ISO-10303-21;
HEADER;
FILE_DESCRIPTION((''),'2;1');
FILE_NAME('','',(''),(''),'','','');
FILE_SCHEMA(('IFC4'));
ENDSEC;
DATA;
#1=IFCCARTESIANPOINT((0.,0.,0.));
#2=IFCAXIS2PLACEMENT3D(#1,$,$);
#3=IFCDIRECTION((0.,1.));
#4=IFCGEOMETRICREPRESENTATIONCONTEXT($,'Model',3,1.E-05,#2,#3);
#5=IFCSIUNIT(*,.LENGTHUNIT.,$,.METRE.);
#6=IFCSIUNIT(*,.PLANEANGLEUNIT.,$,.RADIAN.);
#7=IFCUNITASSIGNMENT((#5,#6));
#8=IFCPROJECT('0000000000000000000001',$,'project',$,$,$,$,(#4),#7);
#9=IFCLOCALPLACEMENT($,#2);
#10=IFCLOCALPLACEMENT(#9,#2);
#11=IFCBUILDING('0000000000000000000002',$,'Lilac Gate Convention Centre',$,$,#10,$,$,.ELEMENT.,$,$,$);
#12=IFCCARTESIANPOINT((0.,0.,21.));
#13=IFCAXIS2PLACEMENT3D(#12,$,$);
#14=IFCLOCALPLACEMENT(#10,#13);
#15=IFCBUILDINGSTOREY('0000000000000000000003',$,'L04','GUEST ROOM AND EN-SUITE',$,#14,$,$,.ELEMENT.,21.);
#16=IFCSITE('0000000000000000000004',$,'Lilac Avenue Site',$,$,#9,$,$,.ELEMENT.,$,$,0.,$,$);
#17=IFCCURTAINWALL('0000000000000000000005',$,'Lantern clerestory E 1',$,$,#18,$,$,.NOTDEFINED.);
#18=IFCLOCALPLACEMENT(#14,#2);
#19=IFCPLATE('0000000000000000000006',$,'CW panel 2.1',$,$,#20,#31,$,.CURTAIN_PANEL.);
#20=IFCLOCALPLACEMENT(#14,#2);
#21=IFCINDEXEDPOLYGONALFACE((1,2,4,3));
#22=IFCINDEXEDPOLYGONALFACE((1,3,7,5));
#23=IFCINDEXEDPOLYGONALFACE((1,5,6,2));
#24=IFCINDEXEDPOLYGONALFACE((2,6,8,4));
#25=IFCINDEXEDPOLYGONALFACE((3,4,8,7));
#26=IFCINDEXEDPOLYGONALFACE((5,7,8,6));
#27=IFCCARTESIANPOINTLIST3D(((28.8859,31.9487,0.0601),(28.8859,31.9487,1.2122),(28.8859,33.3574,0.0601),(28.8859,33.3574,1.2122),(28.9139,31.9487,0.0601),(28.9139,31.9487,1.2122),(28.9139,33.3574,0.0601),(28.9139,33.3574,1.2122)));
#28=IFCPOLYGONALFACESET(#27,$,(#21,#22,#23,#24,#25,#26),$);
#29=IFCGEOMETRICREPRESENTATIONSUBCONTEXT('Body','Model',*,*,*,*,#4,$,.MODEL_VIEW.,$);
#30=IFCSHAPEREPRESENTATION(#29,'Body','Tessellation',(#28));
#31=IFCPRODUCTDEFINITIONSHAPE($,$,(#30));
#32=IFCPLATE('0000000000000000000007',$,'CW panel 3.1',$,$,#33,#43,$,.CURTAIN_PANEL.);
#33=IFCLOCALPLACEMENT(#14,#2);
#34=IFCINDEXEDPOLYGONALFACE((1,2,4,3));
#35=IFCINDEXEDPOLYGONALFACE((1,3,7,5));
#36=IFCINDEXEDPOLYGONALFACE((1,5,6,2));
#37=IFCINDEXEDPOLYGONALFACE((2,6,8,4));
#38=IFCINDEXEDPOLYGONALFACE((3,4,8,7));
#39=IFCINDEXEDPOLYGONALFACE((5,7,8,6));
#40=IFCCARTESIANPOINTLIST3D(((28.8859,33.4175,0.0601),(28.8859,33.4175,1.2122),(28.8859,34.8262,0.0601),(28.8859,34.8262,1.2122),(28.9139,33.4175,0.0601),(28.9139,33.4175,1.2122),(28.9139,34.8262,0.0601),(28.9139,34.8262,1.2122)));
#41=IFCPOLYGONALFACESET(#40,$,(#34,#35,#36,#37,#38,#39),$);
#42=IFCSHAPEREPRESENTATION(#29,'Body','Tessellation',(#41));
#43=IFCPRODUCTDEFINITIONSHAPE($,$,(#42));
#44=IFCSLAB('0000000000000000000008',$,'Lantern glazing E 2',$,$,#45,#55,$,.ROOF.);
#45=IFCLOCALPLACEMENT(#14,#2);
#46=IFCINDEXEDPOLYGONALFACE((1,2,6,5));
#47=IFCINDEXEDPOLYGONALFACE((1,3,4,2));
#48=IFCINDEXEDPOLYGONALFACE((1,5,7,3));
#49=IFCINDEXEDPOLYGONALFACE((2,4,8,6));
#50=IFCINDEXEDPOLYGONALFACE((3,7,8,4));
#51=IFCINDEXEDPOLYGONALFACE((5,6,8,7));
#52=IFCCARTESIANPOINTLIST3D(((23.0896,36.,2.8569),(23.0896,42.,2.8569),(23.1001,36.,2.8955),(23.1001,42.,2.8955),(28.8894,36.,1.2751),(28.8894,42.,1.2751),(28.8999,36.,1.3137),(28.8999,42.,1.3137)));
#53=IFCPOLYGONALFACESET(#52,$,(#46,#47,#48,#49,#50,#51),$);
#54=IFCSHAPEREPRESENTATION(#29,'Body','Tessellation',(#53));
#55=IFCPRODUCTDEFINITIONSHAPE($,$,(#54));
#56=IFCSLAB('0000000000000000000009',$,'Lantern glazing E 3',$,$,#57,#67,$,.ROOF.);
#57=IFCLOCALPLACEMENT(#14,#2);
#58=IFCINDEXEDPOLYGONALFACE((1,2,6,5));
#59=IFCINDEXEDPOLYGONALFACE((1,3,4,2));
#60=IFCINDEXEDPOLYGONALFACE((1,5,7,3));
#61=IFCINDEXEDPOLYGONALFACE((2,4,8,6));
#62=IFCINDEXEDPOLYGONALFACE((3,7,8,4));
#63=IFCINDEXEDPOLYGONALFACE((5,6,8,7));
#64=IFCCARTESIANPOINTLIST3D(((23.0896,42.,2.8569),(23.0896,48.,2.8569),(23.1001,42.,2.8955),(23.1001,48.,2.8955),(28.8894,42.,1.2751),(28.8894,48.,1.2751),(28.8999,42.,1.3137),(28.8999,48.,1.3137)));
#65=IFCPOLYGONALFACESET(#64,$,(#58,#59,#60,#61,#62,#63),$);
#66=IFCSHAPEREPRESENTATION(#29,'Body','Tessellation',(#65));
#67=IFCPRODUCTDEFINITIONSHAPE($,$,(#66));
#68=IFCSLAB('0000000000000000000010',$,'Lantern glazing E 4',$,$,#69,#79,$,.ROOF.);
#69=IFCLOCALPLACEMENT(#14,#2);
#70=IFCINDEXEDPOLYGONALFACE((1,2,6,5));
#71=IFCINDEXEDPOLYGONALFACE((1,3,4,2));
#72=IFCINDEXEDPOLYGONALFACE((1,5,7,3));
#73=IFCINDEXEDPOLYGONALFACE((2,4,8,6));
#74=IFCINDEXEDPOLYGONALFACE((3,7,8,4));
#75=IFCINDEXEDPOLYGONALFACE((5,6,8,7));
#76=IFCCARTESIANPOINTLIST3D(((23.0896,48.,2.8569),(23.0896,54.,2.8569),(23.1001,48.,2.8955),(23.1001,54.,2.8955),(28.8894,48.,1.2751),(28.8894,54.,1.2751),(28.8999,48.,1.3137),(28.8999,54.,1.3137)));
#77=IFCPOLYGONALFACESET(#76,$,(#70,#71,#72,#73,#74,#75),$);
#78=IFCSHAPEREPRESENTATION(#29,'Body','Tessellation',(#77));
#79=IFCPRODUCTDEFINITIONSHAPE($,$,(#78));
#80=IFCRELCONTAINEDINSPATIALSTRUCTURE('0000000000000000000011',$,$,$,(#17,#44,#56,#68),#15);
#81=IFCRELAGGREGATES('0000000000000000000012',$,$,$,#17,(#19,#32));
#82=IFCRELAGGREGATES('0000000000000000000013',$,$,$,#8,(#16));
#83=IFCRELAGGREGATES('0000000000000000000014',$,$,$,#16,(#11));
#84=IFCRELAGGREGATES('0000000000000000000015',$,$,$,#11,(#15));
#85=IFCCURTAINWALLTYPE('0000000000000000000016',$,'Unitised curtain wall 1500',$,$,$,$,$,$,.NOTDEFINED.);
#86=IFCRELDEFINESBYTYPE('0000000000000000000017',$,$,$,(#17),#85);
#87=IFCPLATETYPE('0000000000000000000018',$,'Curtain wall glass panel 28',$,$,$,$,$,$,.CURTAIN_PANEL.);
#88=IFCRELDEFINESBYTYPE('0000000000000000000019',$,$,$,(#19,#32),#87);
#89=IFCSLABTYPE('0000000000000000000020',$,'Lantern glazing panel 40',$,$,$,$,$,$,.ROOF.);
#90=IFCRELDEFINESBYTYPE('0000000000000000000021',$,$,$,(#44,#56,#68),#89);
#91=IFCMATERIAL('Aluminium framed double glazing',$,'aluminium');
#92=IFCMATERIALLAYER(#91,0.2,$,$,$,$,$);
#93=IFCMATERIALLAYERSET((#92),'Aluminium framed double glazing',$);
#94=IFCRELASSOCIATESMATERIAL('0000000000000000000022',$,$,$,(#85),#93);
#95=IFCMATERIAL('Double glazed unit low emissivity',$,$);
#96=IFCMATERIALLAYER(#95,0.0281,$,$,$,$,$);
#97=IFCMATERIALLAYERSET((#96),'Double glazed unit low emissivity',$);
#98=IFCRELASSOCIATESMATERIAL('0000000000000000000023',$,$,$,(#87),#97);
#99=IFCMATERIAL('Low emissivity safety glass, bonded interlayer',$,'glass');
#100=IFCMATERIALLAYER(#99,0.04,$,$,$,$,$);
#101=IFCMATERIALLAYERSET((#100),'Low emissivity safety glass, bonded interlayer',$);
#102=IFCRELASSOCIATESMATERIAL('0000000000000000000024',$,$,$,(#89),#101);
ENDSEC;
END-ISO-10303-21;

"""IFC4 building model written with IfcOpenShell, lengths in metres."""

from ifc_helpers import new_model, si_unit, direction, frame, origin, origin_2d, place, context, subcontext, project, spatial, polyline, rectangle, outline, extrude, material, layer, layer_set, type_object, element, aggregate, save


model = new_model("IFC4")

# Units and contexts
model_context = context("Model", 3, precision=1e-05, world=origin(), true_north=direction((0.0, 1.0)))
body_context = subcontext(model_context, "Body", "Model", "MODEL_VIEW")
ifc_project = project(units=[si_unit("LENGTHUNIT", "METRE"), si_unit("PLANEANGLEUNIT", "RADIAN")], contexts=[model_context])

# Site, building, storey
site_placement = place(None, origin())
site = spatial("IfcSite", under=ifc_project, at=site_placement, Name="Lilac Avenue Site", CompositionType="ELEMENT", RefElevation=0.0)
building_placement = place(site_placement, origin())
building = spatial("IfcBuilding", under=site, at=building_placement, Name="Lilac Gate Convention Centre", CompositionType="ELEMENT")
storey_placement = place(building_placement, frame((0.0, 0.0, 21.0)))
storey = spatial("IfcBuildingStorey", under=building, at=storey_placement, Name="L04", Description="GUEST ROOM AND EN-SUITE", CompositionType="ELEMENT", Elevation=21.0)

# Curtain wall
ifc_material_1 = material(Name="Aluminium framed double glazing", Category="aluminium")
ifc_layer_1 = layer(ifc_material_1, 0.2)
ifc_layer_set_1 = layer_set([ifc_layer_1], Name="Aluminium framed double glazing")
curtain_wall_type = type_object("IfcCurtainWallType", Name="Unitised curtain wall 1500", PredefinedType="NOTDEFINED", material=ifc_layer_set_1)
curtain_wall_placement = place(storey_placement, origin())
curtain_wall = element("IfcCurtainWall", 1, at=curtain_wall_placement, inside=storey, type_object=curtain_wall_type, Name="Lantern clerestory E 1", PredefinedType="NOTDEFINED")

# Plates
ifc_material_2 = material(Name="Double glazed unit low emissivity")
ifc_layer_2 = layer(ifc_material_2, 0.0281)
ifc_layer_set_2 = layer_set([ifc_layer_2], Name="Double glazed unit low emissivity")
plate_type = type_object("IfcPlateType", Name="Curtain wall glass panel 28", PredefinedType="CURTAIN_PANEL", material=ifc_layer_set_2)
plate_1_placement = place(storey_placement, frame((28.8999, 32.6531, 0.0601), z_axis=(0.0, 0.0, 1.0), x_axis=(0.0, 1.0, 0.0)))
plate_1 = element("IfcPlate", 2, at=plate_1_placement, type_object=plate_type, Name="CW panel 2.1", PredefinedType="CURTAIN_PANEL", context=body_context, shape_type="SweptSolid", body=[
    extrude(rectangle(XDim=1.4087, YDim=0.0281, at=origin_2d()), origin(), (0.0, 0.0, 1.0), 1.1521),
])
plate_2_placement = place(storey_placement, frame((28.8999, 34.1218, 0.0601), z_axis=(0.0, 0.0, 1.0), x_axis=(0.0, 1.0, 0.0)))
plate_2 = element("IfcPlate", 3, at=plate_2_placement, type_object=plate_type, Name="CW panel 3.1", PredefinedType="CURTAIN_PANEL", context=body_context, shape_type="SweptSolid", body=[
    extrude(rectangle(XDim=1.4087, YDim=0.0281, at=origin_2d()), origin(), (0.0, 0.0, 1.0), 1.1521),
])
aggregate(curtain_wall, [plate_1, plate_2])

# Slabs
ifc_material_3 = material(Name="Low emissivity safety glass, bonded interlayer", Category="glass")
ifc_layer_3 = layer(ifc_material_3, 0.04)
ifc_layer_set_3 = layer_set([ifc_layer_3], Name="Low emissivity safety glass, bonded interlayer")
slab_type = type_object("IfcSlabType", Name="Lantern glazing panel 40", PredefinedType="ROOF", material=ifc_layer_set_3)
for number, where, z_axis, x_axis, name in (
    (4, (23.1001, 36.0, 2.8955), (0.263121, 0.0, 0.964763), (0.964763, 0.0, -0.263121), "Lantern glazing E 2"),
    (5, (23.1001, 42.0, 2.8955), (0.263121, 0.0, 0.964763), (0.964763, 0.0, -0.263121), "Lantern glazing E 3"),
    (6, (23.1001, 48.0, 2.8955), (0.263121, 0.0, 0.964763), (0.964763, 0.0, -0.263121), "Lantern glazing E 4"),
):
    element("IfcSlab", number, at=place(storey_placement, frame(where, z_axis=z_axis, x_axis=x_axis)), inside=storey, type_object=slab_type, Name=name, PredefinedType="ROOF", context=body_context, shape_type="SweptSolid", body=[
        extrude(outline(polyline([(0.0, 0.0), (6.0116, 0.0), (6.0116, 6.0), (0.0, 6.0), (0.0, 0.0)])), origin(), (0.0, 0.0, -1.0), 0.04),
    ])

save(model, "model.ifc")
